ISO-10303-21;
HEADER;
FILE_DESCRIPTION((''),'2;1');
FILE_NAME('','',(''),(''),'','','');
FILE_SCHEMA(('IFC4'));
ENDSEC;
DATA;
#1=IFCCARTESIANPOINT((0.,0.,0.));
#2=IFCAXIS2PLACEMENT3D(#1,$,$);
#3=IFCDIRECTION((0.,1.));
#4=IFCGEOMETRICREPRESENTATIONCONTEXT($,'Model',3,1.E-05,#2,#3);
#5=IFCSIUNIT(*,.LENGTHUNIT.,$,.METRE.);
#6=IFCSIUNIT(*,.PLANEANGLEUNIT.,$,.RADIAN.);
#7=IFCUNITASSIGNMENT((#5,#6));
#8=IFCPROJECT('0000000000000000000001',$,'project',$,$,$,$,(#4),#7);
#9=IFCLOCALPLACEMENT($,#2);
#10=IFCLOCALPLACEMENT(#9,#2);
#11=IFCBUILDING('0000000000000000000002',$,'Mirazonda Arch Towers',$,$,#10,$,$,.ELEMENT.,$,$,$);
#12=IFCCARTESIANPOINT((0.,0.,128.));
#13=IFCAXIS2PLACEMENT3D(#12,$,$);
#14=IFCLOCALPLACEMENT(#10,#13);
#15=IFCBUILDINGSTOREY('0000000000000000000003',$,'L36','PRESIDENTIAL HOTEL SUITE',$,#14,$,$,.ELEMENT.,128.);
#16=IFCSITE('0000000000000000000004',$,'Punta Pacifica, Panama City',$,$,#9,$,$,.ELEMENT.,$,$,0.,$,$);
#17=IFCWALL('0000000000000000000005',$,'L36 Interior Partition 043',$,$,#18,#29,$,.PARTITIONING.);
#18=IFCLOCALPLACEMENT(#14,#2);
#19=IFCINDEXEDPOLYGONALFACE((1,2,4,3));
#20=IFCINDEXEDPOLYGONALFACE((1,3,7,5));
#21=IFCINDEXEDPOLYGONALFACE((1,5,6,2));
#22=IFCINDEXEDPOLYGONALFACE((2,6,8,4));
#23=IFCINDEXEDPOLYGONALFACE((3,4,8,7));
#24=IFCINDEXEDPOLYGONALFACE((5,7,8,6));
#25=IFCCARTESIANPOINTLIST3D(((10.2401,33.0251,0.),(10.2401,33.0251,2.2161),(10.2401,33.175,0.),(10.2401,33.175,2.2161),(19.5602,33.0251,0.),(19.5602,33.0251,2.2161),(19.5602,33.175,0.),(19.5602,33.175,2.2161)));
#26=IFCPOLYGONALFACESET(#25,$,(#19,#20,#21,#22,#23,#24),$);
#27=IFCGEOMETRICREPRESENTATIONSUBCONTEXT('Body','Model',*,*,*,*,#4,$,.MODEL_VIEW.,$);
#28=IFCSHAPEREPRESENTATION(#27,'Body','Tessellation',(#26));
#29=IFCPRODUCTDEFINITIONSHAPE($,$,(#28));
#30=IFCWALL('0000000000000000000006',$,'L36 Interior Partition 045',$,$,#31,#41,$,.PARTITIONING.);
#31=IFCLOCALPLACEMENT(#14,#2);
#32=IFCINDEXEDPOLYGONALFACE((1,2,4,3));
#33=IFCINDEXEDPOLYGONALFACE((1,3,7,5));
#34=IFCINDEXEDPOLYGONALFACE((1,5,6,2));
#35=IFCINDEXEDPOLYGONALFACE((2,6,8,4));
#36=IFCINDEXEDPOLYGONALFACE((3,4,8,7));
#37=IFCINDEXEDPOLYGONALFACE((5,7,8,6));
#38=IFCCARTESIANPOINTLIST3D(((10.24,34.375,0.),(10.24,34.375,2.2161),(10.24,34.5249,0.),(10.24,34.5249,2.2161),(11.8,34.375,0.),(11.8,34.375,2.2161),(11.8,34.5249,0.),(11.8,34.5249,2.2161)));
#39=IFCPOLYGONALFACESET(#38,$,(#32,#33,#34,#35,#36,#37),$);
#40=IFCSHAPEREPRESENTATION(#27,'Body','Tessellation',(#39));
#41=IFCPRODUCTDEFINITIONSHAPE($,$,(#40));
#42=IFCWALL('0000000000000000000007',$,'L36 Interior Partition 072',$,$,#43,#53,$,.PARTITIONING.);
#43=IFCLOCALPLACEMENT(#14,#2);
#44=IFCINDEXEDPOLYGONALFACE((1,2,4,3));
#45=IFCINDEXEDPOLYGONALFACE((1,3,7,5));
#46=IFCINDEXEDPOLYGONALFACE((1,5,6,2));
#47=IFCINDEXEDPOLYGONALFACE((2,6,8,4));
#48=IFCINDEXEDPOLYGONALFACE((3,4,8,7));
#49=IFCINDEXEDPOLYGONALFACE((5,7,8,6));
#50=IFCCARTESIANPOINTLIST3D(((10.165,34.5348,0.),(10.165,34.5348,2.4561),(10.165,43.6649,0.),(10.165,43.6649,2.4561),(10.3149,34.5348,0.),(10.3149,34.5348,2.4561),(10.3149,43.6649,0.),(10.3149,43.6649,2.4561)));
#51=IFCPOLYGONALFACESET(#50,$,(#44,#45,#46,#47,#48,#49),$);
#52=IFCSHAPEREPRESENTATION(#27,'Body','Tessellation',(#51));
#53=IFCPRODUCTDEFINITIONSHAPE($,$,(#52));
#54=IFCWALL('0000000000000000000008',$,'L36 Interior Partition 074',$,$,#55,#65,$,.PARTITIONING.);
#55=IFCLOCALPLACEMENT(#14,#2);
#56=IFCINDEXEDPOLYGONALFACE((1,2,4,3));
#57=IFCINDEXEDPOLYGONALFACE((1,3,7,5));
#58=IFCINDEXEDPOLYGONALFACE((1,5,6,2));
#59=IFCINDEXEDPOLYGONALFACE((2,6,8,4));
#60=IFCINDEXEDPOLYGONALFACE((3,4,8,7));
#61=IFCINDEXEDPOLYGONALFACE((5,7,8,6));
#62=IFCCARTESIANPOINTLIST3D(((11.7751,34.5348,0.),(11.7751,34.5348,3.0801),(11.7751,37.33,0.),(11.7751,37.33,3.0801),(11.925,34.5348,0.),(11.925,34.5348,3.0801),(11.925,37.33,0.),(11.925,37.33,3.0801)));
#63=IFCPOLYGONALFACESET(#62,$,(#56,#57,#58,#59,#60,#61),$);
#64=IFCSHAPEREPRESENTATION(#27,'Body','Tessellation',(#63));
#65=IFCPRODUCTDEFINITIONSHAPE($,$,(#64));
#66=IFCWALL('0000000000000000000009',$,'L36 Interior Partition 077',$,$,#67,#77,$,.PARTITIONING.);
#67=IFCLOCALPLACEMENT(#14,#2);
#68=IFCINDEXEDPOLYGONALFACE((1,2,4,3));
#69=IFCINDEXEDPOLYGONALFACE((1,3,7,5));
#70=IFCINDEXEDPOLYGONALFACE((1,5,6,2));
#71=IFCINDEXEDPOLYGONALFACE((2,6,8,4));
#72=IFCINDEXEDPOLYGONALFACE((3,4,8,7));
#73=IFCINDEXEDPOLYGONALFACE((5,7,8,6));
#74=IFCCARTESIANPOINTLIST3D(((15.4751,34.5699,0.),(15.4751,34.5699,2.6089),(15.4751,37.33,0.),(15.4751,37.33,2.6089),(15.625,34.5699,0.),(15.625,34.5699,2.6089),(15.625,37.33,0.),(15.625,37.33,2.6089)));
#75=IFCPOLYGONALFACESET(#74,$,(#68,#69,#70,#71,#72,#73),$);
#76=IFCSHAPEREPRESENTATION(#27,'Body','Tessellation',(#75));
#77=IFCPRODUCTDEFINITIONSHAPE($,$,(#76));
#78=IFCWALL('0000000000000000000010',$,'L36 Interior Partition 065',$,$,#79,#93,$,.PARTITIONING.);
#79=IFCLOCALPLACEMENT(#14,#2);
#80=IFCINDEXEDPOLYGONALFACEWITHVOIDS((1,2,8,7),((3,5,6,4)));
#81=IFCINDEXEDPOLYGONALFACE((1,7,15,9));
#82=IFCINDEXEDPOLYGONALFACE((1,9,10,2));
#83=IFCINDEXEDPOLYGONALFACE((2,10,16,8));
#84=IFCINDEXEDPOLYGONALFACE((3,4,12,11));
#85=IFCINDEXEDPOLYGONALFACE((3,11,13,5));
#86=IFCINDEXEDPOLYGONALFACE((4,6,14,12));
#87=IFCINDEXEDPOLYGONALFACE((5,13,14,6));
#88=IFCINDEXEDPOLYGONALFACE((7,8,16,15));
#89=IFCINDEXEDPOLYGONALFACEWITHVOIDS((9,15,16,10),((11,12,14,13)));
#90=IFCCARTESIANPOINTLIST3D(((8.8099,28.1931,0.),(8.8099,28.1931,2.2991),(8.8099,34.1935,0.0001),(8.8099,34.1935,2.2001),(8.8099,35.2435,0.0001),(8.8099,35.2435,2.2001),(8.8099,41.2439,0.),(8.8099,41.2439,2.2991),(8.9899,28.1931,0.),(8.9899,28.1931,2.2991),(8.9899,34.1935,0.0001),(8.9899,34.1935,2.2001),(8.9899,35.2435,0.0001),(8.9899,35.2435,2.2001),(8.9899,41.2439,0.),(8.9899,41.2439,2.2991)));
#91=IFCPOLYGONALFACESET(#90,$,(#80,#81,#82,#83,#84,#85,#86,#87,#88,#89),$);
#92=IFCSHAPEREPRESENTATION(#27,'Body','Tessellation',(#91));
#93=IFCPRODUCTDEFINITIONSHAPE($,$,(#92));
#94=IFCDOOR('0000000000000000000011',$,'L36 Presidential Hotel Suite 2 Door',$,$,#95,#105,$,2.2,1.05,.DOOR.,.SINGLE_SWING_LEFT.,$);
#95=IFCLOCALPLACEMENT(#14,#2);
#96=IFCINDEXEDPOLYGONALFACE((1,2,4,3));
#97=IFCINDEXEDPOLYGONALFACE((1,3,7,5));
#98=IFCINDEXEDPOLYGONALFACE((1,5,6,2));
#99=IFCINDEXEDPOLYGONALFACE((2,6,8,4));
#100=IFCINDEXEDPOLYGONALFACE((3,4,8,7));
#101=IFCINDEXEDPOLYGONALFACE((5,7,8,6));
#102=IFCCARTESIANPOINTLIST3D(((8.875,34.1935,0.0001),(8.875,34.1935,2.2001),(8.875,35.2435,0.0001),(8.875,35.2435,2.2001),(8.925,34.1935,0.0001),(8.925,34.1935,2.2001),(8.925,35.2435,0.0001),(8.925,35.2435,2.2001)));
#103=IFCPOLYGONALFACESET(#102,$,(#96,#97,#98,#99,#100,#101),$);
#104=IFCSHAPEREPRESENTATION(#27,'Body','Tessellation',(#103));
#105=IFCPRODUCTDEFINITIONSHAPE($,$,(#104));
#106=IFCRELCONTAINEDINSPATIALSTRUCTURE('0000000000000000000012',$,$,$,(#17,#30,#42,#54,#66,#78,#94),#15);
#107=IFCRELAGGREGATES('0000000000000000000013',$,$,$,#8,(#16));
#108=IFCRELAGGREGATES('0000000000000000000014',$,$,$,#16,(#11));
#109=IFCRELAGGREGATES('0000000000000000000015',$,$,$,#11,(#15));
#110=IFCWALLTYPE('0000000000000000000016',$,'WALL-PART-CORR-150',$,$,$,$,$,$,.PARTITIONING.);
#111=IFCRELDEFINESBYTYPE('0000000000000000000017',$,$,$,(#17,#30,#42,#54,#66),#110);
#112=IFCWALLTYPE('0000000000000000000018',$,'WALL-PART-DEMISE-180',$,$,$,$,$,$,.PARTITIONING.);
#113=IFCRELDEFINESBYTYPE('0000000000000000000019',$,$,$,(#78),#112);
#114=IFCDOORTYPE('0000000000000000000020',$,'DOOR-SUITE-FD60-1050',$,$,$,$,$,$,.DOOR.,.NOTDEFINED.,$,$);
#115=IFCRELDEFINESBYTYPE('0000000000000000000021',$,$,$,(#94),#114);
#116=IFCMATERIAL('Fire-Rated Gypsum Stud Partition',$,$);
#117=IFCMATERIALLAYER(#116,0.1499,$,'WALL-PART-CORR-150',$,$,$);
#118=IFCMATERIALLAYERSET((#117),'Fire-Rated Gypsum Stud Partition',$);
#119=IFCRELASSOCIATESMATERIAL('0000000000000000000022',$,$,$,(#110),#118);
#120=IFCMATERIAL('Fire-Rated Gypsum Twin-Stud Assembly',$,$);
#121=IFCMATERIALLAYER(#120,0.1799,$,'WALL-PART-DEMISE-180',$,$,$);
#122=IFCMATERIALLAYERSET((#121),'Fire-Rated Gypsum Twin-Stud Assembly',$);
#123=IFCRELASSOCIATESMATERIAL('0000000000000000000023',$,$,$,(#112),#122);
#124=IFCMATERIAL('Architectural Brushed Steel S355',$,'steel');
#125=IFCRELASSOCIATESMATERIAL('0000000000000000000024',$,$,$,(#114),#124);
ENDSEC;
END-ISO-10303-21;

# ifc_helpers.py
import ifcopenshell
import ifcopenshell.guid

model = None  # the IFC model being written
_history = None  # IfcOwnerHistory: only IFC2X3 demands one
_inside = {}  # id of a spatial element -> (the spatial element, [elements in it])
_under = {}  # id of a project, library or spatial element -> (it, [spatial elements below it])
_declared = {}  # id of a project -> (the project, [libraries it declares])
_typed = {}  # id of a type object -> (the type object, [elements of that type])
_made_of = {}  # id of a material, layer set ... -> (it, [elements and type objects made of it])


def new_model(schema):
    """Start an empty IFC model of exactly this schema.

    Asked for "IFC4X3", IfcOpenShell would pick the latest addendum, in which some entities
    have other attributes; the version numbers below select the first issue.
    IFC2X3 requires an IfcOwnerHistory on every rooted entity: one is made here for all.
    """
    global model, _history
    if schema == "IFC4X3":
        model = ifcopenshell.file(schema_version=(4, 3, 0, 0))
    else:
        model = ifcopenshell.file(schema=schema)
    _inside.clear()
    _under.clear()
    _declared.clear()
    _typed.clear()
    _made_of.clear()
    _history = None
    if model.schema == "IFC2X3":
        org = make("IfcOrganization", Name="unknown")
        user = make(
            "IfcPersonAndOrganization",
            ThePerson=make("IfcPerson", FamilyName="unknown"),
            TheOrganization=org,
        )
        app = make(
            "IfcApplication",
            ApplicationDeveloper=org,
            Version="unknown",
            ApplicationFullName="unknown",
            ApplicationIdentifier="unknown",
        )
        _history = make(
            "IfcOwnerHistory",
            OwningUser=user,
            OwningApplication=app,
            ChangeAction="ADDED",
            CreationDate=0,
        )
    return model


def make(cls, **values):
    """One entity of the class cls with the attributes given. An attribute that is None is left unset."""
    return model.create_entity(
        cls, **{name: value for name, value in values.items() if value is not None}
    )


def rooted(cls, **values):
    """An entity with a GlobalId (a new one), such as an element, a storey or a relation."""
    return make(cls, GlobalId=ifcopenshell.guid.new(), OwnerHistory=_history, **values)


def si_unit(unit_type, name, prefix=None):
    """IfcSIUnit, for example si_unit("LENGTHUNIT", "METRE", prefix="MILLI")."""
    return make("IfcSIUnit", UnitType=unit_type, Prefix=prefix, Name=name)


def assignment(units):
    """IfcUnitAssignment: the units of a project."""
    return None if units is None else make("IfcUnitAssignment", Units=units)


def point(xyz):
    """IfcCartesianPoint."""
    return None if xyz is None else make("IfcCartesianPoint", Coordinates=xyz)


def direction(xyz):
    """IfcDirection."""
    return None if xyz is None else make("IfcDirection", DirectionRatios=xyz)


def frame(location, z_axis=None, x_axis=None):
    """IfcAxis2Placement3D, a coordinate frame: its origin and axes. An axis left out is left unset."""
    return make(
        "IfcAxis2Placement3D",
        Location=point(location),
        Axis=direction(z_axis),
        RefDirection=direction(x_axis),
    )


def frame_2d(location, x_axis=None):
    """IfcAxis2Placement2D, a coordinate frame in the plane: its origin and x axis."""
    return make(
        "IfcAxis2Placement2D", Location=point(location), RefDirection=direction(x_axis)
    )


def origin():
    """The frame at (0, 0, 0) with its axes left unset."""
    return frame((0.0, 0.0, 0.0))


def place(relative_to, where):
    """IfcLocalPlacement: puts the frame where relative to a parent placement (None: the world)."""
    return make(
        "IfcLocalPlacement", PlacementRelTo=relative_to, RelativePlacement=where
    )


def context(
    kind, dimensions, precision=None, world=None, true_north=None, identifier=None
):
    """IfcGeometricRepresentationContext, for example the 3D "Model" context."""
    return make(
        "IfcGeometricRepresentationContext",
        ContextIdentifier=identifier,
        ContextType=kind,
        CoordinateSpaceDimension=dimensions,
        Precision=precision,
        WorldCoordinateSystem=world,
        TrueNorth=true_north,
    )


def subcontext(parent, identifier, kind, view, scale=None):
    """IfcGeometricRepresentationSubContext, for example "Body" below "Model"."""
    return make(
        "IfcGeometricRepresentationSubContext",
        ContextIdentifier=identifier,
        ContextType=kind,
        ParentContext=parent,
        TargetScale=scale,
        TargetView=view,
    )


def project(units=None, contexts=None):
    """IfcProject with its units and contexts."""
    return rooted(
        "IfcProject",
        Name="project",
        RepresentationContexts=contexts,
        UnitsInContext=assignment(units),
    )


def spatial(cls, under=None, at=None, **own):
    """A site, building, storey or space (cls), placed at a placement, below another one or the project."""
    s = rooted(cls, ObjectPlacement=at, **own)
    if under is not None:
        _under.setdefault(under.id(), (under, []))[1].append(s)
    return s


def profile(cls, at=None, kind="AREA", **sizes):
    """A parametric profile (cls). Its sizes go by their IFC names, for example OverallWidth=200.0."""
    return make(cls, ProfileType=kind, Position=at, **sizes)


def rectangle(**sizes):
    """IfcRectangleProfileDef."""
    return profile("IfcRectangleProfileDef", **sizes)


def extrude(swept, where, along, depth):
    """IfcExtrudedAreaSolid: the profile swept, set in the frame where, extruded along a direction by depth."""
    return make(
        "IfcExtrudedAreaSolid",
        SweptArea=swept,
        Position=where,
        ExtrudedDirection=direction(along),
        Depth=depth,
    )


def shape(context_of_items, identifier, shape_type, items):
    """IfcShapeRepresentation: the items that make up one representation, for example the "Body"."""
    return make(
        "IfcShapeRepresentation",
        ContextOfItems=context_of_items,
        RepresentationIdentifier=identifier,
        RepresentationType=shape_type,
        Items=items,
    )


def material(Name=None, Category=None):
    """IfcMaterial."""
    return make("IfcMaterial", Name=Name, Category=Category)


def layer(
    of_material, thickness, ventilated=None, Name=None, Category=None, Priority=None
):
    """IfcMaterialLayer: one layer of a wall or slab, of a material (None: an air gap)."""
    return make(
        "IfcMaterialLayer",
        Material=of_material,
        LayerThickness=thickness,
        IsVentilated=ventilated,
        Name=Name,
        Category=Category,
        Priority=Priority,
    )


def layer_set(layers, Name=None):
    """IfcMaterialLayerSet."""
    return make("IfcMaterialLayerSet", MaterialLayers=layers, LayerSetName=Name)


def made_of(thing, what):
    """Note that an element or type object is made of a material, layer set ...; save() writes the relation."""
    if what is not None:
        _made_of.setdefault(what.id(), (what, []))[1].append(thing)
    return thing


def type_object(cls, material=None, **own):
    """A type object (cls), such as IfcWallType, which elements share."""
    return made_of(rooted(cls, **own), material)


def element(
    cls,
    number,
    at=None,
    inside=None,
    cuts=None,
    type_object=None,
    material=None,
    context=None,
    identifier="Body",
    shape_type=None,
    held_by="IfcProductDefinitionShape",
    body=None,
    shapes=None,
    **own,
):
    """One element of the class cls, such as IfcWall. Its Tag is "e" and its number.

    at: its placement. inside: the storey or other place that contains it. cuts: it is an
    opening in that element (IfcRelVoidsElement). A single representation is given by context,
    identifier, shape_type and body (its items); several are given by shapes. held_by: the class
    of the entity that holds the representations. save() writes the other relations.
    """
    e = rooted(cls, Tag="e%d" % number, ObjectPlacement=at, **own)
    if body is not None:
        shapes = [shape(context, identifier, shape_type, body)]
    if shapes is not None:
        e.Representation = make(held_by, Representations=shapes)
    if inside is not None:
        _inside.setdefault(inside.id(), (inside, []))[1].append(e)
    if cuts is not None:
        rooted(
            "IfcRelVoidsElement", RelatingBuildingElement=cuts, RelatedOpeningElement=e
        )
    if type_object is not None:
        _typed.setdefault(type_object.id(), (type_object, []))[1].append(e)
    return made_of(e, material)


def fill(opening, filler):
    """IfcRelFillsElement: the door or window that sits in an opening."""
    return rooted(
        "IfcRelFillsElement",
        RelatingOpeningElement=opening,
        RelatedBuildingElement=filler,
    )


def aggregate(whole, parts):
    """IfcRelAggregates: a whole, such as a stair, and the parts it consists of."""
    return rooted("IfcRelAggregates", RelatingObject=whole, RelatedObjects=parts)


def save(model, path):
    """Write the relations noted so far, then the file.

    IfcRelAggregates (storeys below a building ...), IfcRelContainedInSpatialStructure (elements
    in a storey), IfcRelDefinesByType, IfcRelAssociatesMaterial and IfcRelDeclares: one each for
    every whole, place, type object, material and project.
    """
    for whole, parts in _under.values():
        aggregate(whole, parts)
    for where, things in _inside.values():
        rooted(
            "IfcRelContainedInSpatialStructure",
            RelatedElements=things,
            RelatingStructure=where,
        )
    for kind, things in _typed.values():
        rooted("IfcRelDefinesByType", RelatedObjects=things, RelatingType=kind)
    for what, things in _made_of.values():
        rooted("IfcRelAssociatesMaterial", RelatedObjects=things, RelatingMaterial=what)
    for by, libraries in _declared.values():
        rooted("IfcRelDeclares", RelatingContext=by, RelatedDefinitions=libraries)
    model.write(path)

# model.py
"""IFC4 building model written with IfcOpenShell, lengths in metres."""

from ifc_helpers import new_model, si_unit, direction, frame, frame_2d, origin, place, context, subcontext, project, spatial, rectangle, extrude, material, layer, layer_set, type_object, element, fill, save


model = new_model("IFC4")

# Units and contexts
model_context = context("Model", 3, precision=1e-05, world=origin(), true_north=direction((0.0, 1.0)))
body_context = subcontext(model_context, "Body", "Model", "MODEL_VIEW")
ifc_project = project(units=[si_unit("LENGTHUNIT", "METRE"), si_unit("PLANEANGLEUNIT", "RADIAN")], contexts=[model_context])

# Site, building, storey
site_placement = place(None, origin())
site = spatial("IfcSite", under=ifc_project, at=site_placement, Name="Punta Pacifica, Panama City", CompositionType="ELEMENT", RefElevation=0.0)
building_placement = place(site_placement, origin())
building = spatial("IfcBuilding", under=site, at=building_placement, Name="Mirazonda Arch Towers", CompositionType="ELEMENT")
storey_placement = place(building_placement, frame((0.0, 0.0, 128.0)))
storey = spatial("IfcBuildingStorey", under=building, at=storey_placement, Name="L36", Description="PRESIDENTIAL HOTEL SUITE", CompositionType="ELEMENT", Elevation=128.0)

# Shared definitions
ifc_material_1 = material(Name="Architectural Brushed Steel S355", Category="steel")

# Walls
ifc_material_2 = material(Name="Fire-Rated Gypsum Stud Partition")
ifc_layer_1 = layer(ifc_material_2, 0.1499, Name="WALL-PART-CORR-150")
ifc_layer_set_1 = layer_set([ifc_layer_1], Name="Fire-Rated Gypsum Stud Partition")
wall_type_1 = type_object("IfcWallType", Name="WALL-PART-CORR-150", PredefinedType="PARTITIONING", material=ifc_layer_set_1)
wall_1_placement = place(storey_placement, frame((10.24, 33.1001, 0.0), z_axis=(0.0, 0.0, 1.0), x_axis=(1.0, 0.0, 0.0)))
element("IfcWall", 1, at=wall_1_placement, inside=storey, type_object=wall_type_1, Name="L36 Interior Partition 043", PredefinedType="PARTITIONING", context=body_context, shape_type="SweptSolid", body=[
    extrude(rectangle(XDim=9.3201, YDim=0.1499, at=frame_2d((4.6602, 0.0))), origin(), (0.0, 0.0, 1.0), 2.2161),
])
wall_2_placement = place(storey_placement, frame((10.24, 34.45, 0.0), z_axis=(0.0, 0.0, 1.0), x_axis=(1.0, 0.0, 0.0)))
element("IfcWall", 2, at=wall_2_placement, inside=storey, type_object=wall_type_1, Name="L36 Interior Partition 045", PredefinedType="PARTITIONING", context=body_context, shape_type="SweptSolid", body=[
    extrude(rectangle(XDim=1.5601, YDim=0.1499, at=frame_2d((0.78, 0.0))), origin(), (0.0, 0.0, 1.0), 2.2161),
])

# Walls
wall_3_placement = place(storey_placement, frame((10.24, 34.5349, 0.0), z_axis=(0.0, 0.0, 1.0), x_axis=(0.0, 1.0, 0.0)))
element("IfcWall", 3, at=wall_3_placement, inside=storey, type_object=wall_type_1, Name="L36 Interior Partition 072", PredefinedType="PARTITIONING", context=body_context, shape_type="SweptSolid", body=[
    extrude(rectangle(XDim=9.1301, YDim=0.1499, at=frame_2d((4.5649, 0.0))), origin(), (0.0, 0.0, 1.0), 2.4561),
])
wall_4_placement = place(storey_placement, frame((11.8501, 34.5349, 0.0), z_axis=(0.0, 0.0, 1.0), x_axis=(0.0, 1.0, 0.0)))
element("IfcWall", 4, at=wall_4_placement, inside=storey, type_object=wall_type_1, Name="L36 Interior Partition 074", PredefinedType="PARTITIONING", context=body_context, shape_type="SweptSolid", body=[
    extrude(rectangle(XDim=2.7952, YDim=0.1499, at=frame_2d((1.3975, 0.0))), origin(), (0.0, 0.0, 1.0), 3.0801),
])
wall_5_placement = place(storey_placement, frame((15.55, 34.5701, 0.0), z_axis=(0.0, 0.0, 1.0), x_axis=(0.0, 1.0, 0.0)))
element("IfcWall", 5, at=wall_5_placement, inside=storey, type_object=wall_type_1, Name="L36 Interior Partition 077", PredefinedType="PARTITIONING", context=body_context, shape_type="SweptSolid", body=[
    extrude(rectangle(XDim=2.76, YDim=0.1499, at=frame_2d((1.3799, 0.0))), origin(), (0.0, 0.0, 1.0), 2.6089),
])

# Wall, opening, door
ifc_material_3 = material(Name="Fire-Rated Gypsum Twin-Stud Assembly")
ifc_layer_2 = layer(ifc_material_3, 0.1799, Name="WALL-PART-DEMISE-180")
ifc_layer_set_2 = layer_set([ifc_layer_2], Name="Fire-Rated Gypsum Twin-Stud Assembly")
wall_type_2 = type_object("IfcWallType", Name="WALL-PART-DEMISE-180", PredefinedType="PARTITIONING", material=ifc_layer_set_2)
wall_6_placement = place(storey_placement, frame((8.8999, 28.1931, 0.0), z_axis=(0.0, 0.0, 1.0), x_axis=(0.0, 1.0, 0.0)))
wall_6 = element("IfcWall", 6, at=wall_6_placement, inside=storey, type_object=wall_type_2, Name="L36 Interior Partition 065", PredefinedType="PARTITIONING", context=body_context, shape_type="SweptSolid", body=[
    extrude(rectangle(XDim=13.0508, YDim=0.1799, at=frame_2d((6.5254, 0.0))), origin(), (0.0, 0.0, 1.0), 2.2991),
])
opening_1_placement = place(wall_6_placement, frame((6.0005, 0.0, 0.0)))
opening_1 = element("IfcOpeningElement", 7, at=opening_1_placement, cuts=wall_6, PredefinedType="OPENING", context=body_context, shape_type="SweptSolid", body=[
    extrude(rectangle(XDim=1.05, YDim=2.2, at=frame_2d((0.5249, 1.1001))), frame((0.0, 0.0999, 0.0), z_axis=(0.0, -1.0, 0.0), x_axis=(1.0, 0.0, 0.0)), (0.0, 0.0, 1.0), 0.2),
])
door_type_1 = type_object("IfcDoorType", Name="DOOR-SUITE-FD60-1050", OperationType="NOTDEFINED", PredefinedType="DOOR", material=ifc_material_1)
door_1_placement = place(opening_1_placement, origin())
door_1 = element("IfcDoor", 8, at=door_1_placement, inside=storey, type_object=door_type_1, Name="L36 Presidential Hotel Suite 2 Door", OperationType="SINGLE_SWING_LEFT", OverallHeight=2.2, OverallWidth=1.05, PredefinedType="DOOR", context=body_context, shape_type="SweptSolid", body=[
    extrude(rectangle(XDim=1.05, YDim=2.2, at=frame_2d((0.5249, 1.1001))), frame((0.0, 0.0249, 0.0), z_axis=(0.0, -1.0, 0.0), x_axis=(1.0, 0.0, 0.0)), (0.0, 0.0, 1.0), 0.05),
])
fill(opening_1, door_1)

save(model, "model.ifc")
